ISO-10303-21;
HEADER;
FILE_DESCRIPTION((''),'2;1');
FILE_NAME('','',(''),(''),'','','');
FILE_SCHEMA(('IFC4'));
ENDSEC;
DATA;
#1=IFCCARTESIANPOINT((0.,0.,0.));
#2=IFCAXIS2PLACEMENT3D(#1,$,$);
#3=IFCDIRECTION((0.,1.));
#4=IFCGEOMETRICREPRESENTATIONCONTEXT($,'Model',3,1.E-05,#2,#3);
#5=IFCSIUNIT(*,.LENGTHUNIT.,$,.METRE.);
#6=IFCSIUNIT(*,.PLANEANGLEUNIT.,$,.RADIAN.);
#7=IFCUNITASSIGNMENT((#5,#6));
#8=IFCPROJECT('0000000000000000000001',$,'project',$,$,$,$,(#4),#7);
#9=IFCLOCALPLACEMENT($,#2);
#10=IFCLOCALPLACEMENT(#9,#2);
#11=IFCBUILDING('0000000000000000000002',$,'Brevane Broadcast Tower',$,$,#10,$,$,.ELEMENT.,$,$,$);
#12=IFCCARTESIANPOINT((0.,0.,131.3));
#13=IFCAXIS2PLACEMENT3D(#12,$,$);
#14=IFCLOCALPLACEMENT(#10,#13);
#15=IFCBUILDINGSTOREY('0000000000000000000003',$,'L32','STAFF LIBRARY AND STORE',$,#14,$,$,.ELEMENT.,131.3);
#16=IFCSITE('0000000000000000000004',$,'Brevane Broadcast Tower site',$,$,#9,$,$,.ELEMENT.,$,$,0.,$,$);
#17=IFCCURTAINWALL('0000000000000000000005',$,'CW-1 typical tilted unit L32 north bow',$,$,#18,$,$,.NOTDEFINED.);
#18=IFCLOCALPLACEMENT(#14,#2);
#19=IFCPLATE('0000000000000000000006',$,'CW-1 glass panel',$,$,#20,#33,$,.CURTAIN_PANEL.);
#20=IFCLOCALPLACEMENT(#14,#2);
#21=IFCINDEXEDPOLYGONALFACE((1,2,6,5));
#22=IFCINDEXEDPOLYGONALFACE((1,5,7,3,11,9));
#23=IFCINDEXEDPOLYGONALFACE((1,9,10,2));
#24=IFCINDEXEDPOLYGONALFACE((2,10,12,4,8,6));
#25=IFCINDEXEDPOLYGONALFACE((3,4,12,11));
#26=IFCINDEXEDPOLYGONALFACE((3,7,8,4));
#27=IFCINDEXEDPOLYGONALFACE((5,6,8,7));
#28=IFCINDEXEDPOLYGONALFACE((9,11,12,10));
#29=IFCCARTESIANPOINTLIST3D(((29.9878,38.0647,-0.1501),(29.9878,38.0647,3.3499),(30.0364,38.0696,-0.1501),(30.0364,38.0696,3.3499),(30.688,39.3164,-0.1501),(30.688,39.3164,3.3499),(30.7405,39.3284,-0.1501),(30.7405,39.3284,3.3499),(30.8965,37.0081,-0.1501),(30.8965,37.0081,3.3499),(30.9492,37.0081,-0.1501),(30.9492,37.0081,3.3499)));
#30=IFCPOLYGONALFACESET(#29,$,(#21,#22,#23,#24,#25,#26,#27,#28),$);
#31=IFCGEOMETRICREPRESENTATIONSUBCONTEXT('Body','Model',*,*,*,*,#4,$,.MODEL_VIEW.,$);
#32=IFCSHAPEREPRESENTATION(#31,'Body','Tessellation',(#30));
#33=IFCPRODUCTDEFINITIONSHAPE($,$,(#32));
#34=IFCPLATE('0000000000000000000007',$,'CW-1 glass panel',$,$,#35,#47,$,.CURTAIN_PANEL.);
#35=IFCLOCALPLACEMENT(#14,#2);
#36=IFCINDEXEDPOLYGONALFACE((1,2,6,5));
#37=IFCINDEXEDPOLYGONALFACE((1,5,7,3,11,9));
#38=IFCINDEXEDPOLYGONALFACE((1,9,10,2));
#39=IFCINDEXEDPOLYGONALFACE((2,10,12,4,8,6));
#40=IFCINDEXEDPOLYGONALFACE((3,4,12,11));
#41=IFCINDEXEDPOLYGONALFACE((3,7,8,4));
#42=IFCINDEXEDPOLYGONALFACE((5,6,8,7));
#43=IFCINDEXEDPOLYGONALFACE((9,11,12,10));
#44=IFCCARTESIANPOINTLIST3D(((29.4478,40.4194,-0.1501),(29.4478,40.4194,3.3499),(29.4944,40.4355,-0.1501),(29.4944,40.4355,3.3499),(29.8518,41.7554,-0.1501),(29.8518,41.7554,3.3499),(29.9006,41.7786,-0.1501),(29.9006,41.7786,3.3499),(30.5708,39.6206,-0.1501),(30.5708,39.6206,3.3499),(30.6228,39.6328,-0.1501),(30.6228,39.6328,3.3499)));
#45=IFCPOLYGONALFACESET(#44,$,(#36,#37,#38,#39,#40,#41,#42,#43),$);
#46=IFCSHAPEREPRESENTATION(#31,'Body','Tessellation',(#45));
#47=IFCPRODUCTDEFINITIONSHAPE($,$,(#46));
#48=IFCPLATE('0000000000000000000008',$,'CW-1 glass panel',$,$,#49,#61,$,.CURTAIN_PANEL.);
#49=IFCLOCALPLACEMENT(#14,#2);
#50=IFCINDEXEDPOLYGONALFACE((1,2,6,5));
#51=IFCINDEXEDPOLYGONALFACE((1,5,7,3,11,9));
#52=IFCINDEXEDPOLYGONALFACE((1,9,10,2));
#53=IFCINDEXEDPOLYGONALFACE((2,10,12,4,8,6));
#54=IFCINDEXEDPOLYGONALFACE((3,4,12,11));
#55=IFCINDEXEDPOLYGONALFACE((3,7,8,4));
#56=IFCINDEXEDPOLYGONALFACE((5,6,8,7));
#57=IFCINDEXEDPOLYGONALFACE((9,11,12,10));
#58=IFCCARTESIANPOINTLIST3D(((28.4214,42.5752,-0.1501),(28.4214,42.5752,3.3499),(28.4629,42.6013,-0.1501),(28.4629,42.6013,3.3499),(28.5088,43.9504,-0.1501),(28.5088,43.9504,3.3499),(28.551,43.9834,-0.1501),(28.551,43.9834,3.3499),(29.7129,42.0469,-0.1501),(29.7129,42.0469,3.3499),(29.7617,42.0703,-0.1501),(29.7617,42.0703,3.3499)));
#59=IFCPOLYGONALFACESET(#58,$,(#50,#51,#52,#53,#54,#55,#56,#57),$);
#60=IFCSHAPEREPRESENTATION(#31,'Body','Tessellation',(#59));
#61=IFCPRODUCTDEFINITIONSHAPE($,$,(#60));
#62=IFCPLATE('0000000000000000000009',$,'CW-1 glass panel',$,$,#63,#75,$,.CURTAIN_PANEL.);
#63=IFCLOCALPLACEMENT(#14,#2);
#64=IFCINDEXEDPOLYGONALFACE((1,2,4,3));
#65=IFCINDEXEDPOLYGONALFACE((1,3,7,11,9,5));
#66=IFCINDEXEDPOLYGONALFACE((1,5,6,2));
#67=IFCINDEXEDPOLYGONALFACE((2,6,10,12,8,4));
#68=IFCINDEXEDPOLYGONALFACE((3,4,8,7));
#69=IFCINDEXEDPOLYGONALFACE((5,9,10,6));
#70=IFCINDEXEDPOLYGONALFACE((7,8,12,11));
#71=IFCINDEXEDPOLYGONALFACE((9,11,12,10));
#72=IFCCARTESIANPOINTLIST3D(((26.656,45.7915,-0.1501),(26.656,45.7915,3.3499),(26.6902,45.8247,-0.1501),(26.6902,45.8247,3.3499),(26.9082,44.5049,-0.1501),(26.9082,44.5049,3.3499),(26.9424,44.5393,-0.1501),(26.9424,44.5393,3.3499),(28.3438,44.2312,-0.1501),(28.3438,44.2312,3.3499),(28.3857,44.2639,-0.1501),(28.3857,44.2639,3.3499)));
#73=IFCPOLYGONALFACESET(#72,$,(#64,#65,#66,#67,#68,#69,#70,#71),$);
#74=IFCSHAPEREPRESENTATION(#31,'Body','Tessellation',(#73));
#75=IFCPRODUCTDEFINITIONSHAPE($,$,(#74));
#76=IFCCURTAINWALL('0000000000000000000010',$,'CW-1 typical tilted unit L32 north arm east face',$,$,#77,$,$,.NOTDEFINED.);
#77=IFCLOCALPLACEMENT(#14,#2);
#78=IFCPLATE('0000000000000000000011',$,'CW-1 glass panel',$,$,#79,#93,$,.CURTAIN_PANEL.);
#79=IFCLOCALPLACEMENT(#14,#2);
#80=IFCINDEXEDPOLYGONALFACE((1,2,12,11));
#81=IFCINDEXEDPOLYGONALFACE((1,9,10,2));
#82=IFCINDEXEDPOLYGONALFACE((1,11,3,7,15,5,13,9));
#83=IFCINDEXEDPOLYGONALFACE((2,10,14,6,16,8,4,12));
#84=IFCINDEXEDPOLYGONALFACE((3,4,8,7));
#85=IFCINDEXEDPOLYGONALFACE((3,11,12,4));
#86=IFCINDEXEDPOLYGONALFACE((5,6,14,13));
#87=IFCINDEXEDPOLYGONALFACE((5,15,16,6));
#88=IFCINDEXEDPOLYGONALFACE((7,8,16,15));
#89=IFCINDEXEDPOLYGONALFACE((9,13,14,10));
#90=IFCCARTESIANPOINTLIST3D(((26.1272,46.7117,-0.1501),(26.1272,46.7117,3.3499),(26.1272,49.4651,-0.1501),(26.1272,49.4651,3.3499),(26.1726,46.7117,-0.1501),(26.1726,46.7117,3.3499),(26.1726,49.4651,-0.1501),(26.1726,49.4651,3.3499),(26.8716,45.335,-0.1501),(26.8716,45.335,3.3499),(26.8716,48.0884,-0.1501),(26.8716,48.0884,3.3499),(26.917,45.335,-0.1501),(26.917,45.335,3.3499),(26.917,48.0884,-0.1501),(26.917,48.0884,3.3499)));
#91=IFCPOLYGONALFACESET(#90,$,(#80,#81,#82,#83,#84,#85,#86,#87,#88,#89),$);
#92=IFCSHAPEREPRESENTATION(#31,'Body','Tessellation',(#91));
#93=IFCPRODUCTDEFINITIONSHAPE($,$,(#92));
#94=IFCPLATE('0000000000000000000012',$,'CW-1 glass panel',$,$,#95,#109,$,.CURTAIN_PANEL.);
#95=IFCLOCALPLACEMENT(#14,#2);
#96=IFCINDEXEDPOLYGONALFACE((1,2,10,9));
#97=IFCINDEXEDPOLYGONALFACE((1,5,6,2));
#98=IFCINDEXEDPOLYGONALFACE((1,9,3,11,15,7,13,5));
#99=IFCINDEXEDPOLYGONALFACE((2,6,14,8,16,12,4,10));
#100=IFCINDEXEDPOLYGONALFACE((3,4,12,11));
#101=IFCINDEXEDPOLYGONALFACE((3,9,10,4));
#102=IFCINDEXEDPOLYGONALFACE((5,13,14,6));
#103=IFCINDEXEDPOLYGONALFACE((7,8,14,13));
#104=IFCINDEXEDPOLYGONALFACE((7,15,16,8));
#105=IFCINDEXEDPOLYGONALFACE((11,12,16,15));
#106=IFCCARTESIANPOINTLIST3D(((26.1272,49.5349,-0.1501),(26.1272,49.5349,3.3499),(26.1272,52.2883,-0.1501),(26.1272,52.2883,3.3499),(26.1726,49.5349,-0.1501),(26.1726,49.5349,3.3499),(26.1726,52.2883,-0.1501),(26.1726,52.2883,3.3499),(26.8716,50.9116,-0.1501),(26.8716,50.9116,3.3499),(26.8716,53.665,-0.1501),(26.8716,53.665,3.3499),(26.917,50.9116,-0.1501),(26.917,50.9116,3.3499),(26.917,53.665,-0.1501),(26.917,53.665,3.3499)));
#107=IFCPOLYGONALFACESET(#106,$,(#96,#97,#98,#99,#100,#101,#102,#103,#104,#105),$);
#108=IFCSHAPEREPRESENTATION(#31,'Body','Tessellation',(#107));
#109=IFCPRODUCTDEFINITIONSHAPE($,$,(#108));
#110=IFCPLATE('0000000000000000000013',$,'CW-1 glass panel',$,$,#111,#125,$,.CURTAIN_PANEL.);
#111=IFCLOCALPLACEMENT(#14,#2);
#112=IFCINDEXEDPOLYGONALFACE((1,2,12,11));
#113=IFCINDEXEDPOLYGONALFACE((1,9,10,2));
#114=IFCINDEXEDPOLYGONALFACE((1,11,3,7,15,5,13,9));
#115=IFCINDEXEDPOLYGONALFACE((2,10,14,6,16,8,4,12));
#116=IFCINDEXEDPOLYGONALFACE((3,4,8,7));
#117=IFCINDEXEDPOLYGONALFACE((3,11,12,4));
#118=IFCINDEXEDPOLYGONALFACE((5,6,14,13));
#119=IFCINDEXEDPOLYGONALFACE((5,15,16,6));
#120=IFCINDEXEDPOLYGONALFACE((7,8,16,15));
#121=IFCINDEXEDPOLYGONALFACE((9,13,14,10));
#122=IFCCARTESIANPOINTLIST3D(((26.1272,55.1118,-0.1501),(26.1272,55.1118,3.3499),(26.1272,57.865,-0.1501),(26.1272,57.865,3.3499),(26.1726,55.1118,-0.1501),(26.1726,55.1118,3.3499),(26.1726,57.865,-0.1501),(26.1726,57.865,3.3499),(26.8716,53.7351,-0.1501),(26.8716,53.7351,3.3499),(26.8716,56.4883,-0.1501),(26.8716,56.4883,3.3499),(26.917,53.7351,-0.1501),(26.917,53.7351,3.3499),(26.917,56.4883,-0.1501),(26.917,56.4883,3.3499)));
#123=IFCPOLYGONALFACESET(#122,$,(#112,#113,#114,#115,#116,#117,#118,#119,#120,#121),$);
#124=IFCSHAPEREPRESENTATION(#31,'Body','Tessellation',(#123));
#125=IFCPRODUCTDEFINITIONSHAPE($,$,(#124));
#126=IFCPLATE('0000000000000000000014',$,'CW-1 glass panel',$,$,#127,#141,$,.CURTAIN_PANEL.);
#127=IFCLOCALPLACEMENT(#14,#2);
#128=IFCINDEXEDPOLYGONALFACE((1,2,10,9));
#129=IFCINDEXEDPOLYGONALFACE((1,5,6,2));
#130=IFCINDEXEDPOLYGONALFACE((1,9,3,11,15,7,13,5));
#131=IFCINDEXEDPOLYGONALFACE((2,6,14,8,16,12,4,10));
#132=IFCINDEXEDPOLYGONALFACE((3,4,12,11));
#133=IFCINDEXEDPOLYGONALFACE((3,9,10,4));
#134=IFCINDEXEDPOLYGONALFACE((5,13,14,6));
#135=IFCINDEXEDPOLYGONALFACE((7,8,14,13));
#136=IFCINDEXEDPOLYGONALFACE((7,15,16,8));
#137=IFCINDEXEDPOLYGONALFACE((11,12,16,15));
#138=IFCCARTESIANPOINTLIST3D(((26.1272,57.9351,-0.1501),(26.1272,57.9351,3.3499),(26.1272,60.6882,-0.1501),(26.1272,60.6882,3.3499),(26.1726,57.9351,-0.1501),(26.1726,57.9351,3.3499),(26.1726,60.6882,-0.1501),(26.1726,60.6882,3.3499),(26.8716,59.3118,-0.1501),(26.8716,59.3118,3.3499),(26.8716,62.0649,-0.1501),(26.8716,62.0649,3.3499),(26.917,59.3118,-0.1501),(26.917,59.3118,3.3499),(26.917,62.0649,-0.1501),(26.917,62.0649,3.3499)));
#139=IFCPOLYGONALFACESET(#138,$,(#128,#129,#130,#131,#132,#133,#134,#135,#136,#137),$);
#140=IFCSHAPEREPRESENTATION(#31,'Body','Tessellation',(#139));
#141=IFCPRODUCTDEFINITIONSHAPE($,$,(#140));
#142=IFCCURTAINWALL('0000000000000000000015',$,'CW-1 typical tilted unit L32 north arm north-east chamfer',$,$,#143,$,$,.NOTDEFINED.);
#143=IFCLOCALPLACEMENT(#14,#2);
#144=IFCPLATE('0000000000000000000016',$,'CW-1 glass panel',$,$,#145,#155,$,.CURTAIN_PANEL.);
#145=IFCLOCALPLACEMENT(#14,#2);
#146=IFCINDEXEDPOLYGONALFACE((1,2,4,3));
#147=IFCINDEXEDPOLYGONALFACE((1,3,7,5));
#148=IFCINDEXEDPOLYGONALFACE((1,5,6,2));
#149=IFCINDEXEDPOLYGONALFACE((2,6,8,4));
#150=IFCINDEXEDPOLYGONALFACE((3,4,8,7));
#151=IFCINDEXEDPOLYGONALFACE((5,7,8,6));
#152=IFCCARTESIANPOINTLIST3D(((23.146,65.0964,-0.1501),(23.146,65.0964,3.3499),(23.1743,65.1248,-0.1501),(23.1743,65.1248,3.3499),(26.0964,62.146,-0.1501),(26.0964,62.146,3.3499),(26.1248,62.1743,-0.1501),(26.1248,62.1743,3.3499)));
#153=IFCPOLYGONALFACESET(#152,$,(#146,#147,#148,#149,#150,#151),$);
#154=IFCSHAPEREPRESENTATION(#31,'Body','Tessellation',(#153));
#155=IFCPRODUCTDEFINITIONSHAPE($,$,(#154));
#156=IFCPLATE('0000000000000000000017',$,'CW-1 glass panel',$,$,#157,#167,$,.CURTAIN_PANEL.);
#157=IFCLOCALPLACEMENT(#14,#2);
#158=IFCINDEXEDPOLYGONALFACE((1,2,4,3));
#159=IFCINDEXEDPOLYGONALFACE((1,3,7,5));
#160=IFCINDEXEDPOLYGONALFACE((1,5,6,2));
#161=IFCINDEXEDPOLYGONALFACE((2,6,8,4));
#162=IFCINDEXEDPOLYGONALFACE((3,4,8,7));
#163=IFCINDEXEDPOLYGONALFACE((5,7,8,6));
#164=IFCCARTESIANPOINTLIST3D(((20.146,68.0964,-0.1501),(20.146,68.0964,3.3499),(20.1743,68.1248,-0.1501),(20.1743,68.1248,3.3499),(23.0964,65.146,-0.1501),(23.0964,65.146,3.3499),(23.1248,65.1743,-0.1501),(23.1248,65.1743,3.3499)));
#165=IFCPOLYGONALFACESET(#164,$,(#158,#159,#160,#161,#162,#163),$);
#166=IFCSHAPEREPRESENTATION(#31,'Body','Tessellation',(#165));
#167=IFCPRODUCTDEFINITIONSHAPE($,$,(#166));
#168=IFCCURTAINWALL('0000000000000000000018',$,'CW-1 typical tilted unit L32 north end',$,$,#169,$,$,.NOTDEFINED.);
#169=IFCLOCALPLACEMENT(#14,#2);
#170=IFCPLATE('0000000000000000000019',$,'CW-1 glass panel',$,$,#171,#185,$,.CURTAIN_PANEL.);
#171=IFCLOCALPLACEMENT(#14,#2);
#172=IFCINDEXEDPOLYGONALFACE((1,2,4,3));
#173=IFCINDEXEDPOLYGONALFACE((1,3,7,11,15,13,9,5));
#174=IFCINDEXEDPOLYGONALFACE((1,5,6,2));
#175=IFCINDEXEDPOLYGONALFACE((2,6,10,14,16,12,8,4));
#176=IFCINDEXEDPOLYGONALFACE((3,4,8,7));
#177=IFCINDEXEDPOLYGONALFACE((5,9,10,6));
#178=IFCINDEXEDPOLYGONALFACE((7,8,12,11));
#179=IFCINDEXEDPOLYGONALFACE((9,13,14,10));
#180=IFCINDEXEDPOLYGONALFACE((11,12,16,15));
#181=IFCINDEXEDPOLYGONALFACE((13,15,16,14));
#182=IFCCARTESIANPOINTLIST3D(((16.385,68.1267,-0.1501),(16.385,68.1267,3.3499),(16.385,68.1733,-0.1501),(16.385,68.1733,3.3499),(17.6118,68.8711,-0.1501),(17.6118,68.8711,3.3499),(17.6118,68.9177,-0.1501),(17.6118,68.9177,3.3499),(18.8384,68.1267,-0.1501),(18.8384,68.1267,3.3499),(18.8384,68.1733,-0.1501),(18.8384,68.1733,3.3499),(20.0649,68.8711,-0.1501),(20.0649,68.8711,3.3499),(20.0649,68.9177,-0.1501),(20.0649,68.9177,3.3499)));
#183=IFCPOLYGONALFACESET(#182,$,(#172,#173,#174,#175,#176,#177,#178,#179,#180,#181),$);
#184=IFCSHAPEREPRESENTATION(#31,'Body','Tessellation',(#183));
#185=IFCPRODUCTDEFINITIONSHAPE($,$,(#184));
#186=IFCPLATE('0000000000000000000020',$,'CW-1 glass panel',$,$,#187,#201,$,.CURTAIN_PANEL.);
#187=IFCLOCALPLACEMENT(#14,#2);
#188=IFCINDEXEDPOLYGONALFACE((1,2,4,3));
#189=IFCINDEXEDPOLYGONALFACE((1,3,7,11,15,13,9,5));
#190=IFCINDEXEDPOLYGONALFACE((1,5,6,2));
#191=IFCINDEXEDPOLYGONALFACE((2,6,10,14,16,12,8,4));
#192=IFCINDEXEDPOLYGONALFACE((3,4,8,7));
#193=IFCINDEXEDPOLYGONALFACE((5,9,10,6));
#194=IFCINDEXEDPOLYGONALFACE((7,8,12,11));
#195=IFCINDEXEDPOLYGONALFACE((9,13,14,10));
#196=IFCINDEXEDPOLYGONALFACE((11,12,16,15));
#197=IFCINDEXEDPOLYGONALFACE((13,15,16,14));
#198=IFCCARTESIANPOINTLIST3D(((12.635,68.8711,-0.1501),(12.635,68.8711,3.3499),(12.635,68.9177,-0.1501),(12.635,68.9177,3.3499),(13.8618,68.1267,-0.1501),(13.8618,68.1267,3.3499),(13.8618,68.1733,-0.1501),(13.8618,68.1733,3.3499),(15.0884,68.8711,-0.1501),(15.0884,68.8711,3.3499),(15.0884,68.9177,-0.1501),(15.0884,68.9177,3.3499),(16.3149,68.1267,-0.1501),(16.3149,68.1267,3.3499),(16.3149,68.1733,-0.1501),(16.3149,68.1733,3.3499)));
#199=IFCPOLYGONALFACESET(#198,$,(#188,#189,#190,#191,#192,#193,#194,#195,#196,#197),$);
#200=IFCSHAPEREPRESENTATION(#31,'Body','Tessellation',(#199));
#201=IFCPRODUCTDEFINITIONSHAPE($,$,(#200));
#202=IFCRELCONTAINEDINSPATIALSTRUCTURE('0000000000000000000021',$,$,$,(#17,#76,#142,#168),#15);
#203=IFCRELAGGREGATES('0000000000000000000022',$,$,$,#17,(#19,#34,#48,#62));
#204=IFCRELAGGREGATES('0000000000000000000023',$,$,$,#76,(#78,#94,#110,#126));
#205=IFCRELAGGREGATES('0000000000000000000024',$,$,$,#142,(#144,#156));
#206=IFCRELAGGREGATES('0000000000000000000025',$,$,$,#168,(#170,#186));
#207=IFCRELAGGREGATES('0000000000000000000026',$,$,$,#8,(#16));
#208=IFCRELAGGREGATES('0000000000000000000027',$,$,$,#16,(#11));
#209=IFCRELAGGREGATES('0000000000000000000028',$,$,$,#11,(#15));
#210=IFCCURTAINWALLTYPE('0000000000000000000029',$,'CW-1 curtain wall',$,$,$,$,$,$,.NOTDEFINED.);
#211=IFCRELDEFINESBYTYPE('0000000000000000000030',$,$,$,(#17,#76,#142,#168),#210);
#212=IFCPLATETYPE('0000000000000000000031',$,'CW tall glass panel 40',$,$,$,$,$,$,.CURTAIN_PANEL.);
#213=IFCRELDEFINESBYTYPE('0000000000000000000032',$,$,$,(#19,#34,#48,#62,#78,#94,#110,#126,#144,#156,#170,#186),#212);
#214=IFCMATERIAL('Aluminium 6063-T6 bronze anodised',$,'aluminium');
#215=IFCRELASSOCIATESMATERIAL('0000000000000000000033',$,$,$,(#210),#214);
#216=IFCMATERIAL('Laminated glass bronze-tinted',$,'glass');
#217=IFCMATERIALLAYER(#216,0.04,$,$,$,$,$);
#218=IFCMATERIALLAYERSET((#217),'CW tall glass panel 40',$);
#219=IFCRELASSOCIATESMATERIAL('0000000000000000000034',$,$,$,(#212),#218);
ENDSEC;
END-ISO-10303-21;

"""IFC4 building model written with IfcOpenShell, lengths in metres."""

from ifc_helpers import new_model, si_unit, direction, frame, origin, place, context, subcontext, project, spatial, polyline, outline, extrude, material, layer, layer_set, type_object, element, aggregate, save


model = new_model("IFC4")

# Units and contexts
model_context = context("Model", 3, precision=1e-05, world=origin(), true_north=direction((0.0, 1.0)))
body_context = subcontext(model_context, "Body", "Model", "MODEL_VIEW")
ifc_project = project(units=[si_unit("LENGTHUNIT", "METRE"), si_unit("PLANEANGLEUNIT", "RADIAN")], contexts=[model_context])

# Site, building, storey
site_placement = place(None, origin())
site = spatial("IfcSite", under=ifc_project, at=site_placement, Name="Brevane Broadcast Tower site", CompositionType="ELEMENT", RefElevation=0.0)
building_placement = place(site_placement, origin())
building = spatial("IfcBuilding", under=site, at=building_placement, Name="Brevane Broadcast Tower", CompositionType="ELEMENT")
storey_placement = place(building_placement, frame((0.0, 0.0, 131.3)))
storey = spatial("IfcBuildingStorey", under=building, at=storey_placement, Name="L32", Description="STAFF LIBRARY AND STORE", CompositionType="ELEMENT", Elevation=131.3)

# Shared definitions
ifc_material_1 = material(Name="Aluminium 6063-T6 bronze anodised", Category="aluminium")
curtain_wall_type = type_object("IfcCurtainWallType", Name="CW-1 curtain wall", PredefinedType="NOTDEFINED", material=ifc_material_1)

# Curtain walls, plates
ifc_material_2 = material(Name="Laminated glass bronze-tinted", Category="glass")
ifc_layer = layer(ifc_material_2, 0.04)
ifc_layer_set = layer_set([ifc_layer], Name="CW tall glass panel 40")
plate_type = type_object("IfcPlateType", Name="CW tall glass panel 40", PredefinedType="CURTAIN_PANEL", material=ifc_layer_set)
curtain_wall_1_placement = place(storey_placement, origin())
curtain_wall_1 = element("IfcCurtainWall", 1, at=curtain_wall_1_placement, inside=storey, type_object=curtain_wall_type, Name="CW-1 typical tilted unit L32 north bow", PredefinedType="NOTDEFINED")
plate_1_placement = place(storey_placement, frame((0.0, 0.0, -0.1501)))
plate_1 = element("IfcPlate", 2, at=plate_1_placement, type_object=plate_type, Name="CW-1 glass panel", PredefinedType="CURTAIN_PANEL", context=body_context, shape_type="SweptSolid", body=[
    extrude(outline(polyline([(30.8965, 37.0081), (30.9492, 37.0081), (30.0364, 38.0696), (30.7405, 39.3284), (30.688, 39.3164), (29.9878, 38.0647), (30.8965, 37.0081)])), origin(), (0.0, 0.0, 1.0), 3.5),
])
plate_2_placement = place(storey_placement, frame((0.0, 0.0, -0.1501)))
plate_2 = element("IfcPlate", 3, at=plate_2_placement, type_object=plate_type, Name="CW-1 glass panel", PredefinedType="CURTAIN_PANEL", context=body_context, shape_type="SweptSolid", body=[
    extrude(outline(polyline([(30.5708, 39.6206), (30.6228, 39.6328), (29.4944, 40.4355), (29.9006, 41.7786), (29.8518, 41.7554), (29.4478, 40.4194), (30.5708, 39.6206)])), origin(), (0.0, 0.0, 1.0), 3.5),
])
plate_3_placement = place(storey_placement, frame((0.0, 0.0, -0.1501)))
plate_3 = element("IfcPlate", 4, at=plate_3_placement, type_object=plate_type, Name="CW-1 glass panel", PredefinedType="CURTAIN_PANEL", context=body_context, shape_type="SweptSolid", body=[
    extrude(outline(polyline([(29.7129, 42.0469), (29.7617, 42.0703), (28.4629, 42.6013), (28.551, 43.9834), (28.5088, 43.9504), (28.4214, 42.5752), (29.7129, 42.0469)])), origin(), (0.0, 0.0, 1.0), 3.5),
])
plate_4_placement = place(storey_placement, frame((0.0, 0.0, -0.1501)))
plate_4 = element("IfcPlate", 5, at=plate_4_placement, type_object=plate_type, Name="CW-1 glass panel", PredefinedType="CURTAIN_PANEL", context=body_context, shape_type="SweptSolid", body=[
    extrude(outline(polyline([(28.3438, 44.2312), (28.3857, 44.2639), (26.9424, 44.5393), (26.6902, 45.8247), (26.656, 45.7915), (26.9082, 44.5049), (28.3438, 44.2312)])), origin(), (0.0, 0.0, 1.0), 3.5),
])
aggregate(curtain_wall_1, [plate_1, plate_2, plate_3, plate_4])
curtain_wall_2_placement = place(storey_placement, origin())
curtain_wall_2 = element("IfcCurtainWall", 6, at=curtain_wall_2_placement, inside=storey, type_object=curtain_wall_type, Name="CW-1 typical tilted unit L32 north arm east face", PredefinedType="NOTDEFINED")
plate_5_placement = place(storey_placement, frame((0.0, 0.0, -0.1501)))
plate_5 = element("IfcPlate", 7, at=plate_5_placement, type_object=plate_type, Name="CW-1 glass panel", PredefinedType="CURTAIN_PANEL", context=body_context, shape_type="SweptSolid", body=[
    extrude(outline(polyline([(26.8716, 45.335), (26.917, 45.335), (26.1726, 46.7117), (26.917, 48.0884), (26.1726, 49.4651), (26.1272, 49.4651), (26.8716, 48.0884), (26.1272, 46.7117), (26.8716, 45.335)])), origin(), (0.0, 0.0, 1.0), 3.5),
])
plate_6_placement = place(storey_placement, frame((0.0, 0.0, -0.1501)))
plate_6 = element("IfcPlate", 8, at=plate_6_placement, type_object=plate_type, Name="CW-1 glass panel", PredefinedType="CURTAIN_PANEL", context=body_context, shape_type="SweptSolid", body=[
    extrude(outline(polyline([(26.1272, 49.5349), (26.1726, 49.5349), (26.917, 50.9116), (26.1726, 52.2883), (26.917, 53.665), (26.8716, 53.665), (26.1272, 52.2883), (26.8716, 50.9116), (26.1272, 49.5349)])), origin(), (0.0, 0.0, 1.0), 3.5),
])
plate_7_placement = place(storey_placement, frame((0.0, 0.0, -0.1501)))
plate_7 = element("IfcPlate", 9, at=plate_7_placement, type_object=plate_type, Name="CW-1 glass panel", PredefinedType="CURTAIN_PANEL", context=body_context, shape_type="SweptSolid", body=[
    extrude(outline(polyline([(26.8716, 53.7351), (26.917, 53.7351), (26.1726, 55.1118), (26.917, 56.4883), (26.1726, 57.865), (26.1272, 57.865), (26.8716, 56.4883), (26.1272, 55.1118), (26.8716, 53.7351)])), origin(), (0.0, 0.0, 1.0), 3.5),
])
plate_8_placement = place(storey_placement, frame((0.0, 0.0, -0.1501)))
plate_8 = element("IfcPlate", 10, at=plate_8_placement, type_object=plate_type, Name="CW-1 glass panel", PredefinedType="CURTAIN_PANEL", context=body_context, shape_type="SweptSolid", body=[
    extrude(outline(polyline([(26.1272, 57.9351), (26.1726, 57.9351), (26.917, 59.3118), (26.1726, 60.6882), (26.917, 62.0649), (26.8716, 62.0649), (26.1272, 60.6882), (26.8716, 59.3118), (26.1272, 57.9351)])), origin(), (0.0, 0.0, 1.0), 3.5),
])
aggregate(curtain_wall_2, [plate_5, plate_6, plate_7, plate_8])
curtain_wall_3_placement = place(storey_placement, origin())
curtain_wall_3 = element("IfcCurtainWall", 11, at=curtain_wall_3_placement, inside=storey, type_object=curtain_wall_type, Name="CW-1 typical tilted unit L32 north arm north-east chamfer", PredefinedType="NOTDEFINED")
plate_9_placement = place(storey_placement, frame((0.0, 0.0, -0.1501)))
plate_9 = element("IfcPlate", 12, at=plate_9_placement, type_object=plate_type, Name="CW-1 glass panel", PredefinedType="CURTAIN_PANEL", context=body_context, shape_type="SweptSolid", body=[
    extrude(outline(polyline([(26.0964, 62.146), (23.146, 65.0964), (23.1743, 65.1248), (26.1248, 62.1743), (26.0964, 62.146)])), origin(), (0.0, 0.0, 1.0), 3.5),
])
plate_10_placement = place(storey_placement, frame((0.0, 0.0, -0.1501)))
plate_10 = element("IfcPlate", 13, at=plate_10_placement, type_object=plate_type, Name="CW-1 glass panel", PredefinedType="CURTAIN_PANEL", context=body_context, shape_type="SweptSolid", body=[
    extrude(outline(polyline([(23.0964, 65.146), (20.146, 68.0964), (20.1743, 68.1248), (23.1248, 65.1743), (23.0964, 65.146)])), origin(), (0.0, 0.0, 1.0), 3.5),
])
aggregate(curtain_wall_3, [plate_9, plate_10])
curtain_wall_4_placement = place(storey_placement, origin())
curtain_wall_4 = element("IfcCurtainWall", 14, at=curtain_wall_4_placement, inside=storey, type_object=curtain_wall_type, Name="CW-1 typical tilted unit L32 north end", PredefinedType="NOTDEFINED")
plate_11_placement = place(storey_placement, frame((0.0, 0.0, -0.1501)))
plate_11 = element("IfcPlate", 15, at=plate_11_placement, type_object=plate_type, Name="CW-1 glass panel", PredefinedType="CURTAIN_PANEL", context=body_context, shape_type="SweptSolid", body=[
    extrude(outline(polyline([(20.0649, 68.8711), (20.0649, 68.9177), (18.8384, 68.1733), (17.6118, 68.9177), (16.385, 68.1733), (16.385, 68.1267), (17.6118, 68.8711), (18.8384, 68.1267), (20.0649, 68.8711)])), origin(), (0.0, 0.0, 1.0), 3.5),
])
plate_12_placement = place(storey_placement, frame((0.0, 0.0, -0.1501)))
plate_12 = element("IfcPlate", 16, at=plate_12_placement, type_object=plate_type, Name="CW-1 glass panel", PredefinedType="CURTAIN_PANEL", context=body_context, shape_type="SweptSolid", body=[
    extrude(outline(polyline([(16.3149, 68.1267), (16.3149, 68.1733), (15.0884, 68.9177), (13.8618, 68.1733), (12.635, 68.9177), (12.635, 68.8711), (13.8618, 68.1267), (15.0884, 68.8711), (16.3149, 68.1267)])), origin(), (0.0, 0.0, 1.0), 3.5),
])
aggregate(curtain_wall_4, [plate_11, plate_12])

save(model, "model.ifc")
